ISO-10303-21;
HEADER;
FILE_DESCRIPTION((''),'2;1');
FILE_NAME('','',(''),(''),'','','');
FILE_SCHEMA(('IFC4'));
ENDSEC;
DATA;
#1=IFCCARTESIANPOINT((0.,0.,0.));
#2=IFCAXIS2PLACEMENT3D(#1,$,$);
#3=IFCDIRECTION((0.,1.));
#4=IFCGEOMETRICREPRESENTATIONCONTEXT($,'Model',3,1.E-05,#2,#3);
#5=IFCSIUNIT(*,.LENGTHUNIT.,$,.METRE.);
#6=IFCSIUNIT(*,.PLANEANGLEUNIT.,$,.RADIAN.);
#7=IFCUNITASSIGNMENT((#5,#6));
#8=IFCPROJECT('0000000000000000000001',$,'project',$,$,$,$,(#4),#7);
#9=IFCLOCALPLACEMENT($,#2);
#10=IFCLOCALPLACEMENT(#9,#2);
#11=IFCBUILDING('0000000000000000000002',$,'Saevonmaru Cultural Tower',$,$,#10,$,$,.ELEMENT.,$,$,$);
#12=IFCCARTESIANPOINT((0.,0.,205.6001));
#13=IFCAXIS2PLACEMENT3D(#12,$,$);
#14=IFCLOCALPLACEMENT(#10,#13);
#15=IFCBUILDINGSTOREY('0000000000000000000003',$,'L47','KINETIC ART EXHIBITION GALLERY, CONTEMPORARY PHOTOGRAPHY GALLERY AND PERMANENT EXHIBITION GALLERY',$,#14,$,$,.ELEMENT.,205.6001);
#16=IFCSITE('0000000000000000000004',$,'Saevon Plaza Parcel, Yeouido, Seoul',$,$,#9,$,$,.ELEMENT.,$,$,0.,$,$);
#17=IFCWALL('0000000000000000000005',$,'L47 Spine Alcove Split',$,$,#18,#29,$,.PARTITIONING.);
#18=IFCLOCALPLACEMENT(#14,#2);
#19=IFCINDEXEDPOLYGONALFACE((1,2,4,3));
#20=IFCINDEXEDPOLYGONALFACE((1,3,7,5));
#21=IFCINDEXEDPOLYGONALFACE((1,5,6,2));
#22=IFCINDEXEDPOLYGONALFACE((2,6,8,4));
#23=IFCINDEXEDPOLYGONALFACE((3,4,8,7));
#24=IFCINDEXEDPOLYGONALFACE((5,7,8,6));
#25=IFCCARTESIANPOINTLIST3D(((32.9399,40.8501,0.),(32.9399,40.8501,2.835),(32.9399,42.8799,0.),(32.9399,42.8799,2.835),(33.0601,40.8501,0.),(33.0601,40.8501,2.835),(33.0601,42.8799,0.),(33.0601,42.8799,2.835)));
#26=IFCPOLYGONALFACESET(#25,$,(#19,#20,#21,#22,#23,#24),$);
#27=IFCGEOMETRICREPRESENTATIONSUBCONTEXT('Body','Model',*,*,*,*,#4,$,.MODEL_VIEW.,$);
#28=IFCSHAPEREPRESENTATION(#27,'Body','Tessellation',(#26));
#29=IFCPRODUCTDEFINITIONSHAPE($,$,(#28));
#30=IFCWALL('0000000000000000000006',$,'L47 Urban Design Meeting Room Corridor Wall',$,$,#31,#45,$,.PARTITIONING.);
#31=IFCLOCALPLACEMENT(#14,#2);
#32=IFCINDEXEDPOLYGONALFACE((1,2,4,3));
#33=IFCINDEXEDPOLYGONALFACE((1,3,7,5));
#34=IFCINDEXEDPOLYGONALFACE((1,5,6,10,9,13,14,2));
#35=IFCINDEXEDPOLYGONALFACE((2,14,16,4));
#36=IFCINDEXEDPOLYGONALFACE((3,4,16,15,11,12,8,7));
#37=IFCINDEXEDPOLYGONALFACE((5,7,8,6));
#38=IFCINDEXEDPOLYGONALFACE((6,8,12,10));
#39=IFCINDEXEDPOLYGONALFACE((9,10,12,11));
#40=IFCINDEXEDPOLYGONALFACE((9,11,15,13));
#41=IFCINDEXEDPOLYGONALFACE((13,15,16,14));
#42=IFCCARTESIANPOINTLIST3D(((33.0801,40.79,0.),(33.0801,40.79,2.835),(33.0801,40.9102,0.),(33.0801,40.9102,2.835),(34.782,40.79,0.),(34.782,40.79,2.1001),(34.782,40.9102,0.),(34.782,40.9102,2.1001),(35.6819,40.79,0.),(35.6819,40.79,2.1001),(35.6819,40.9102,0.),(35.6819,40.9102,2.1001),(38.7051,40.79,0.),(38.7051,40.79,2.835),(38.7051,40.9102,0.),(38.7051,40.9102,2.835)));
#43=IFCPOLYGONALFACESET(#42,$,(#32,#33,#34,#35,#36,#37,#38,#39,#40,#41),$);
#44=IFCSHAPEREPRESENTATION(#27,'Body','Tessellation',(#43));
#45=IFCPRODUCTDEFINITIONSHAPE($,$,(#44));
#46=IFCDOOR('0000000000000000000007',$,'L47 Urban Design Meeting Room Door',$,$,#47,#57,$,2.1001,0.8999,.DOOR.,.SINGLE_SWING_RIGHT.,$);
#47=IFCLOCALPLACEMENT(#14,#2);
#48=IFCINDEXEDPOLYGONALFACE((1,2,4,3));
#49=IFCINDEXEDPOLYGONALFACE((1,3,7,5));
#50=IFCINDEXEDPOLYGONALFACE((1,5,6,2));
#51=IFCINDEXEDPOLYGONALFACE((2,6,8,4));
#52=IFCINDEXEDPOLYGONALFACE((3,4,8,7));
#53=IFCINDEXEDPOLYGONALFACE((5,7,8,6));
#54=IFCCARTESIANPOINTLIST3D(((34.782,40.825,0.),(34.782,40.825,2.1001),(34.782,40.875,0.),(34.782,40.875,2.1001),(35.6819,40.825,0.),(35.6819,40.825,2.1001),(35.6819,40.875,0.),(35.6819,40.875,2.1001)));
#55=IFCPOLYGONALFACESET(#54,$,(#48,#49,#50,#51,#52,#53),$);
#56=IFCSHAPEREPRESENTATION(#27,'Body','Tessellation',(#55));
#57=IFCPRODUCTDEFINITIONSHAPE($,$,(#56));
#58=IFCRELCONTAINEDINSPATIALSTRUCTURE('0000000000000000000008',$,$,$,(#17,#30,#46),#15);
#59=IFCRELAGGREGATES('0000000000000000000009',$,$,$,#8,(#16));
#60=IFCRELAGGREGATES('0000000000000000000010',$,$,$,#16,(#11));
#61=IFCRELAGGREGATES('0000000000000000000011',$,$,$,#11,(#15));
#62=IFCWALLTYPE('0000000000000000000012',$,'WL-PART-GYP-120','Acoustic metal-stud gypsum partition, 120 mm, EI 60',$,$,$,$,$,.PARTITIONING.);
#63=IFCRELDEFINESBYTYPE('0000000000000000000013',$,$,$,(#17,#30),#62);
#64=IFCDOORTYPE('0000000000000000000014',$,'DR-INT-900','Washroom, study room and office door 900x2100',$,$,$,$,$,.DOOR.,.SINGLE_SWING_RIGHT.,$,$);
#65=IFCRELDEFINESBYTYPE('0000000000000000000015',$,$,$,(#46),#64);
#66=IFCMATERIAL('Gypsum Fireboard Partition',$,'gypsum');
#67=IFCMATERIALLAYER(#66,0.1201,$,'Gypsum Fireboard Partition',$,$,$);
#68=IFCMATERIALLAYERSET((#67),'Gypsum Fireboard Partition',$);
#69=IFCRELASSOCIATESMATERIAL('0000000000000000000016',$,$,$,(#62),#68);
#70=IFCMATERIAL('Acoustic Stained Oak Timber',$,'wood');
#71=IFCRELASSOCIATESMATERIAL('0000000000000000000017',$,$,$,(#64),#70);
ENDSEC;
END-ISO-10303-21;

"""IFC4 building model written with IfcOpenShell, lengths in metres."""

from ifc_helpers import new_model, si_unit, direction, frame, frame_2d, origin, place, context, subcontext, project, spatial, rectangle, extrude, material, layer, layer_set, type_object, element, fill, save


model = new_model("IFC4")

# Units and contexts
model_context = context("Model", 3, precision=1e-05, world=origin(), true_north=direction((0.0, 1.0)))
body_context = subcontext(model_context, "Body", "Model", "MODEL_VIEW")
ifc_project = project(units=[si_unit("LENGTHUNIT", "METRE"), si_unit("PLANEANGLEUNIT", "RADIAN")], contexts=[model_context])

# Site, building, storey
site_placement = place(None, origin())
site = spatial("IfcSite", under=ifc_project, at=site_placement, Name="Saevon Plaza Parcel, Yeouido, Seoul", CompositionType="ELEMENT", RefElevation=0.0)
building_placement = place(site_placement, origin())
building = spatial("IfcBuilding", under=site, at=building_placement, Name="Saevonmaru Cultural Tower", CompositionType="ELEMENT")
storey_placement = place(building_placement, frame((0.0, 0.0, 205.6001)))
storey = spatial("IfcBuildingStorey", under=building, at=storey_placement, Name="L47", Description="KINETIC ART EXHIBITION GALLERY, CONTEMPORARY PHOTOGRAPHY GALLERY AND PERMANENT EXHIBITION GALLERY", CompositionType="ELEMENT", Elevation=205.6001)

# Shared definitions
ifc_material_1 = material(Name="Gypsum Fireboard Partition", Category="gypsum")

# Wall
ifc_layer_1 = layer(ifc_material_1, 0.1201, Name="Gypsum Fireboard Partition")
ifc_layer_set_1 = layer_set([ifc_layer_1], Name="Gypsum Fireboard Partition")
wall_type_1 = type_object("IfcWallType", Name="WL-PART-GYP-120", Description="Acoustic metal-stud gypsum partition, 120 mm, EI 60", PredefinedType="PARTITIONING", material=ifc_layer_set_1)
wall_1_placement = place(storey_placement, frame((33.0, 40.8501, 0.0), z_axis=(0.0, 0.0, 1.0), x_axis=(0.0, 1.0, 0.0)))
element("IfcWall", 1, at=wall_1_placement, inside=storey, type_object=wall_type_1, Name="L47 Spine Alcove Split", PredefinedType="PARTITIONING", context=body_context, shape_type="SweptSolid", body=[
    extrude(rectangle(XDim=2.0298, YDim=0.1201, at=frame_2d((1.0149, 0.0))), origin(), (0.0, 0.0, 1.0), 2.835),
])

# Wall, opening, door
wall_2_placement = place(storey_placement, frame((33.0801, 40.8501, 0.0), z_axis=(0.0, 0.0, 1.0), x_axis=(1.0, 0.0, 0.0)))
wall_2 = element("IfcWall", 2, at=wall_2_placement, inside=storey, type_object=wall_type_1, Name="L47 Urban Design Meeting Room Corridor Wall", PredefinedType="PARTITIONING", context=body_context, shape_type="SweptSolid", body=[
    extrude(rectangle(XDim=5.625, YDim=0.1201, at=frame_2d((2.8125, 0.0))), origin(), (0.0, 0.0, 1.0), 2.835),
])
opening_1_placement = place(wall_2_placement, frame((1.7019, 0.0, 0.0)))
opening_1 = element("IfcOpeningElement", 3, at=opening_1_placement, cuts=wall_2, PredefinedType="OPENING", context=body_context, shape_type="SweptSolid", body=[
    extrude(rectangle(XDim=0.8999, YDim=2.1001, at=frame_2d((0.45, 1.05))), frame((0.0, 0.0701, 0.0), z_axis=(0.0, -1.0, 0.0), x_axis=(1.0, 0.0, 0.0)), (0.0, 0.0, 1.0), 0.1401),
])
ifc_material_2 = material(Name="Acoustic Stained Oak Timber", Category="wood")
door_type_1 = type_object("IfcDoorType", Name="DR-INT-900", Description="Washroom, study room and office door 900x2100", OperationType="SINGLE_SWING_RIGHT", PredefinedType="DOOR", material=ifc_material_2)
door_1_placement = place(opening_1_placement, origin())
door_1 = element("IfcDoor", 4, at=door_1_placement, inside=storey, type_object=door_type_1, Name="L47 Urban Design Meeting Room Door", OperationType="SINGLE_SWING_RIGHT", OverallHeight=2.1001, OverallWidth=0.8999, PredefinedType="DOOR", context=body_context, shape_type="SweptSolid", body=[
    extrude(rectangle(XDim=0.8999, YDim=2.1001, at=frame_2d((0.45, 1.05))), frame((0.0, 0.0249, 0.0), z_axis=(0.0, -1.0, 0.0), x_axis=(1.0, 0.0, 0.0)), (0.0, 0.0, 1.0), 0.05),
])
fill(opening_1, door_1)

save(model, "model.ifc")
